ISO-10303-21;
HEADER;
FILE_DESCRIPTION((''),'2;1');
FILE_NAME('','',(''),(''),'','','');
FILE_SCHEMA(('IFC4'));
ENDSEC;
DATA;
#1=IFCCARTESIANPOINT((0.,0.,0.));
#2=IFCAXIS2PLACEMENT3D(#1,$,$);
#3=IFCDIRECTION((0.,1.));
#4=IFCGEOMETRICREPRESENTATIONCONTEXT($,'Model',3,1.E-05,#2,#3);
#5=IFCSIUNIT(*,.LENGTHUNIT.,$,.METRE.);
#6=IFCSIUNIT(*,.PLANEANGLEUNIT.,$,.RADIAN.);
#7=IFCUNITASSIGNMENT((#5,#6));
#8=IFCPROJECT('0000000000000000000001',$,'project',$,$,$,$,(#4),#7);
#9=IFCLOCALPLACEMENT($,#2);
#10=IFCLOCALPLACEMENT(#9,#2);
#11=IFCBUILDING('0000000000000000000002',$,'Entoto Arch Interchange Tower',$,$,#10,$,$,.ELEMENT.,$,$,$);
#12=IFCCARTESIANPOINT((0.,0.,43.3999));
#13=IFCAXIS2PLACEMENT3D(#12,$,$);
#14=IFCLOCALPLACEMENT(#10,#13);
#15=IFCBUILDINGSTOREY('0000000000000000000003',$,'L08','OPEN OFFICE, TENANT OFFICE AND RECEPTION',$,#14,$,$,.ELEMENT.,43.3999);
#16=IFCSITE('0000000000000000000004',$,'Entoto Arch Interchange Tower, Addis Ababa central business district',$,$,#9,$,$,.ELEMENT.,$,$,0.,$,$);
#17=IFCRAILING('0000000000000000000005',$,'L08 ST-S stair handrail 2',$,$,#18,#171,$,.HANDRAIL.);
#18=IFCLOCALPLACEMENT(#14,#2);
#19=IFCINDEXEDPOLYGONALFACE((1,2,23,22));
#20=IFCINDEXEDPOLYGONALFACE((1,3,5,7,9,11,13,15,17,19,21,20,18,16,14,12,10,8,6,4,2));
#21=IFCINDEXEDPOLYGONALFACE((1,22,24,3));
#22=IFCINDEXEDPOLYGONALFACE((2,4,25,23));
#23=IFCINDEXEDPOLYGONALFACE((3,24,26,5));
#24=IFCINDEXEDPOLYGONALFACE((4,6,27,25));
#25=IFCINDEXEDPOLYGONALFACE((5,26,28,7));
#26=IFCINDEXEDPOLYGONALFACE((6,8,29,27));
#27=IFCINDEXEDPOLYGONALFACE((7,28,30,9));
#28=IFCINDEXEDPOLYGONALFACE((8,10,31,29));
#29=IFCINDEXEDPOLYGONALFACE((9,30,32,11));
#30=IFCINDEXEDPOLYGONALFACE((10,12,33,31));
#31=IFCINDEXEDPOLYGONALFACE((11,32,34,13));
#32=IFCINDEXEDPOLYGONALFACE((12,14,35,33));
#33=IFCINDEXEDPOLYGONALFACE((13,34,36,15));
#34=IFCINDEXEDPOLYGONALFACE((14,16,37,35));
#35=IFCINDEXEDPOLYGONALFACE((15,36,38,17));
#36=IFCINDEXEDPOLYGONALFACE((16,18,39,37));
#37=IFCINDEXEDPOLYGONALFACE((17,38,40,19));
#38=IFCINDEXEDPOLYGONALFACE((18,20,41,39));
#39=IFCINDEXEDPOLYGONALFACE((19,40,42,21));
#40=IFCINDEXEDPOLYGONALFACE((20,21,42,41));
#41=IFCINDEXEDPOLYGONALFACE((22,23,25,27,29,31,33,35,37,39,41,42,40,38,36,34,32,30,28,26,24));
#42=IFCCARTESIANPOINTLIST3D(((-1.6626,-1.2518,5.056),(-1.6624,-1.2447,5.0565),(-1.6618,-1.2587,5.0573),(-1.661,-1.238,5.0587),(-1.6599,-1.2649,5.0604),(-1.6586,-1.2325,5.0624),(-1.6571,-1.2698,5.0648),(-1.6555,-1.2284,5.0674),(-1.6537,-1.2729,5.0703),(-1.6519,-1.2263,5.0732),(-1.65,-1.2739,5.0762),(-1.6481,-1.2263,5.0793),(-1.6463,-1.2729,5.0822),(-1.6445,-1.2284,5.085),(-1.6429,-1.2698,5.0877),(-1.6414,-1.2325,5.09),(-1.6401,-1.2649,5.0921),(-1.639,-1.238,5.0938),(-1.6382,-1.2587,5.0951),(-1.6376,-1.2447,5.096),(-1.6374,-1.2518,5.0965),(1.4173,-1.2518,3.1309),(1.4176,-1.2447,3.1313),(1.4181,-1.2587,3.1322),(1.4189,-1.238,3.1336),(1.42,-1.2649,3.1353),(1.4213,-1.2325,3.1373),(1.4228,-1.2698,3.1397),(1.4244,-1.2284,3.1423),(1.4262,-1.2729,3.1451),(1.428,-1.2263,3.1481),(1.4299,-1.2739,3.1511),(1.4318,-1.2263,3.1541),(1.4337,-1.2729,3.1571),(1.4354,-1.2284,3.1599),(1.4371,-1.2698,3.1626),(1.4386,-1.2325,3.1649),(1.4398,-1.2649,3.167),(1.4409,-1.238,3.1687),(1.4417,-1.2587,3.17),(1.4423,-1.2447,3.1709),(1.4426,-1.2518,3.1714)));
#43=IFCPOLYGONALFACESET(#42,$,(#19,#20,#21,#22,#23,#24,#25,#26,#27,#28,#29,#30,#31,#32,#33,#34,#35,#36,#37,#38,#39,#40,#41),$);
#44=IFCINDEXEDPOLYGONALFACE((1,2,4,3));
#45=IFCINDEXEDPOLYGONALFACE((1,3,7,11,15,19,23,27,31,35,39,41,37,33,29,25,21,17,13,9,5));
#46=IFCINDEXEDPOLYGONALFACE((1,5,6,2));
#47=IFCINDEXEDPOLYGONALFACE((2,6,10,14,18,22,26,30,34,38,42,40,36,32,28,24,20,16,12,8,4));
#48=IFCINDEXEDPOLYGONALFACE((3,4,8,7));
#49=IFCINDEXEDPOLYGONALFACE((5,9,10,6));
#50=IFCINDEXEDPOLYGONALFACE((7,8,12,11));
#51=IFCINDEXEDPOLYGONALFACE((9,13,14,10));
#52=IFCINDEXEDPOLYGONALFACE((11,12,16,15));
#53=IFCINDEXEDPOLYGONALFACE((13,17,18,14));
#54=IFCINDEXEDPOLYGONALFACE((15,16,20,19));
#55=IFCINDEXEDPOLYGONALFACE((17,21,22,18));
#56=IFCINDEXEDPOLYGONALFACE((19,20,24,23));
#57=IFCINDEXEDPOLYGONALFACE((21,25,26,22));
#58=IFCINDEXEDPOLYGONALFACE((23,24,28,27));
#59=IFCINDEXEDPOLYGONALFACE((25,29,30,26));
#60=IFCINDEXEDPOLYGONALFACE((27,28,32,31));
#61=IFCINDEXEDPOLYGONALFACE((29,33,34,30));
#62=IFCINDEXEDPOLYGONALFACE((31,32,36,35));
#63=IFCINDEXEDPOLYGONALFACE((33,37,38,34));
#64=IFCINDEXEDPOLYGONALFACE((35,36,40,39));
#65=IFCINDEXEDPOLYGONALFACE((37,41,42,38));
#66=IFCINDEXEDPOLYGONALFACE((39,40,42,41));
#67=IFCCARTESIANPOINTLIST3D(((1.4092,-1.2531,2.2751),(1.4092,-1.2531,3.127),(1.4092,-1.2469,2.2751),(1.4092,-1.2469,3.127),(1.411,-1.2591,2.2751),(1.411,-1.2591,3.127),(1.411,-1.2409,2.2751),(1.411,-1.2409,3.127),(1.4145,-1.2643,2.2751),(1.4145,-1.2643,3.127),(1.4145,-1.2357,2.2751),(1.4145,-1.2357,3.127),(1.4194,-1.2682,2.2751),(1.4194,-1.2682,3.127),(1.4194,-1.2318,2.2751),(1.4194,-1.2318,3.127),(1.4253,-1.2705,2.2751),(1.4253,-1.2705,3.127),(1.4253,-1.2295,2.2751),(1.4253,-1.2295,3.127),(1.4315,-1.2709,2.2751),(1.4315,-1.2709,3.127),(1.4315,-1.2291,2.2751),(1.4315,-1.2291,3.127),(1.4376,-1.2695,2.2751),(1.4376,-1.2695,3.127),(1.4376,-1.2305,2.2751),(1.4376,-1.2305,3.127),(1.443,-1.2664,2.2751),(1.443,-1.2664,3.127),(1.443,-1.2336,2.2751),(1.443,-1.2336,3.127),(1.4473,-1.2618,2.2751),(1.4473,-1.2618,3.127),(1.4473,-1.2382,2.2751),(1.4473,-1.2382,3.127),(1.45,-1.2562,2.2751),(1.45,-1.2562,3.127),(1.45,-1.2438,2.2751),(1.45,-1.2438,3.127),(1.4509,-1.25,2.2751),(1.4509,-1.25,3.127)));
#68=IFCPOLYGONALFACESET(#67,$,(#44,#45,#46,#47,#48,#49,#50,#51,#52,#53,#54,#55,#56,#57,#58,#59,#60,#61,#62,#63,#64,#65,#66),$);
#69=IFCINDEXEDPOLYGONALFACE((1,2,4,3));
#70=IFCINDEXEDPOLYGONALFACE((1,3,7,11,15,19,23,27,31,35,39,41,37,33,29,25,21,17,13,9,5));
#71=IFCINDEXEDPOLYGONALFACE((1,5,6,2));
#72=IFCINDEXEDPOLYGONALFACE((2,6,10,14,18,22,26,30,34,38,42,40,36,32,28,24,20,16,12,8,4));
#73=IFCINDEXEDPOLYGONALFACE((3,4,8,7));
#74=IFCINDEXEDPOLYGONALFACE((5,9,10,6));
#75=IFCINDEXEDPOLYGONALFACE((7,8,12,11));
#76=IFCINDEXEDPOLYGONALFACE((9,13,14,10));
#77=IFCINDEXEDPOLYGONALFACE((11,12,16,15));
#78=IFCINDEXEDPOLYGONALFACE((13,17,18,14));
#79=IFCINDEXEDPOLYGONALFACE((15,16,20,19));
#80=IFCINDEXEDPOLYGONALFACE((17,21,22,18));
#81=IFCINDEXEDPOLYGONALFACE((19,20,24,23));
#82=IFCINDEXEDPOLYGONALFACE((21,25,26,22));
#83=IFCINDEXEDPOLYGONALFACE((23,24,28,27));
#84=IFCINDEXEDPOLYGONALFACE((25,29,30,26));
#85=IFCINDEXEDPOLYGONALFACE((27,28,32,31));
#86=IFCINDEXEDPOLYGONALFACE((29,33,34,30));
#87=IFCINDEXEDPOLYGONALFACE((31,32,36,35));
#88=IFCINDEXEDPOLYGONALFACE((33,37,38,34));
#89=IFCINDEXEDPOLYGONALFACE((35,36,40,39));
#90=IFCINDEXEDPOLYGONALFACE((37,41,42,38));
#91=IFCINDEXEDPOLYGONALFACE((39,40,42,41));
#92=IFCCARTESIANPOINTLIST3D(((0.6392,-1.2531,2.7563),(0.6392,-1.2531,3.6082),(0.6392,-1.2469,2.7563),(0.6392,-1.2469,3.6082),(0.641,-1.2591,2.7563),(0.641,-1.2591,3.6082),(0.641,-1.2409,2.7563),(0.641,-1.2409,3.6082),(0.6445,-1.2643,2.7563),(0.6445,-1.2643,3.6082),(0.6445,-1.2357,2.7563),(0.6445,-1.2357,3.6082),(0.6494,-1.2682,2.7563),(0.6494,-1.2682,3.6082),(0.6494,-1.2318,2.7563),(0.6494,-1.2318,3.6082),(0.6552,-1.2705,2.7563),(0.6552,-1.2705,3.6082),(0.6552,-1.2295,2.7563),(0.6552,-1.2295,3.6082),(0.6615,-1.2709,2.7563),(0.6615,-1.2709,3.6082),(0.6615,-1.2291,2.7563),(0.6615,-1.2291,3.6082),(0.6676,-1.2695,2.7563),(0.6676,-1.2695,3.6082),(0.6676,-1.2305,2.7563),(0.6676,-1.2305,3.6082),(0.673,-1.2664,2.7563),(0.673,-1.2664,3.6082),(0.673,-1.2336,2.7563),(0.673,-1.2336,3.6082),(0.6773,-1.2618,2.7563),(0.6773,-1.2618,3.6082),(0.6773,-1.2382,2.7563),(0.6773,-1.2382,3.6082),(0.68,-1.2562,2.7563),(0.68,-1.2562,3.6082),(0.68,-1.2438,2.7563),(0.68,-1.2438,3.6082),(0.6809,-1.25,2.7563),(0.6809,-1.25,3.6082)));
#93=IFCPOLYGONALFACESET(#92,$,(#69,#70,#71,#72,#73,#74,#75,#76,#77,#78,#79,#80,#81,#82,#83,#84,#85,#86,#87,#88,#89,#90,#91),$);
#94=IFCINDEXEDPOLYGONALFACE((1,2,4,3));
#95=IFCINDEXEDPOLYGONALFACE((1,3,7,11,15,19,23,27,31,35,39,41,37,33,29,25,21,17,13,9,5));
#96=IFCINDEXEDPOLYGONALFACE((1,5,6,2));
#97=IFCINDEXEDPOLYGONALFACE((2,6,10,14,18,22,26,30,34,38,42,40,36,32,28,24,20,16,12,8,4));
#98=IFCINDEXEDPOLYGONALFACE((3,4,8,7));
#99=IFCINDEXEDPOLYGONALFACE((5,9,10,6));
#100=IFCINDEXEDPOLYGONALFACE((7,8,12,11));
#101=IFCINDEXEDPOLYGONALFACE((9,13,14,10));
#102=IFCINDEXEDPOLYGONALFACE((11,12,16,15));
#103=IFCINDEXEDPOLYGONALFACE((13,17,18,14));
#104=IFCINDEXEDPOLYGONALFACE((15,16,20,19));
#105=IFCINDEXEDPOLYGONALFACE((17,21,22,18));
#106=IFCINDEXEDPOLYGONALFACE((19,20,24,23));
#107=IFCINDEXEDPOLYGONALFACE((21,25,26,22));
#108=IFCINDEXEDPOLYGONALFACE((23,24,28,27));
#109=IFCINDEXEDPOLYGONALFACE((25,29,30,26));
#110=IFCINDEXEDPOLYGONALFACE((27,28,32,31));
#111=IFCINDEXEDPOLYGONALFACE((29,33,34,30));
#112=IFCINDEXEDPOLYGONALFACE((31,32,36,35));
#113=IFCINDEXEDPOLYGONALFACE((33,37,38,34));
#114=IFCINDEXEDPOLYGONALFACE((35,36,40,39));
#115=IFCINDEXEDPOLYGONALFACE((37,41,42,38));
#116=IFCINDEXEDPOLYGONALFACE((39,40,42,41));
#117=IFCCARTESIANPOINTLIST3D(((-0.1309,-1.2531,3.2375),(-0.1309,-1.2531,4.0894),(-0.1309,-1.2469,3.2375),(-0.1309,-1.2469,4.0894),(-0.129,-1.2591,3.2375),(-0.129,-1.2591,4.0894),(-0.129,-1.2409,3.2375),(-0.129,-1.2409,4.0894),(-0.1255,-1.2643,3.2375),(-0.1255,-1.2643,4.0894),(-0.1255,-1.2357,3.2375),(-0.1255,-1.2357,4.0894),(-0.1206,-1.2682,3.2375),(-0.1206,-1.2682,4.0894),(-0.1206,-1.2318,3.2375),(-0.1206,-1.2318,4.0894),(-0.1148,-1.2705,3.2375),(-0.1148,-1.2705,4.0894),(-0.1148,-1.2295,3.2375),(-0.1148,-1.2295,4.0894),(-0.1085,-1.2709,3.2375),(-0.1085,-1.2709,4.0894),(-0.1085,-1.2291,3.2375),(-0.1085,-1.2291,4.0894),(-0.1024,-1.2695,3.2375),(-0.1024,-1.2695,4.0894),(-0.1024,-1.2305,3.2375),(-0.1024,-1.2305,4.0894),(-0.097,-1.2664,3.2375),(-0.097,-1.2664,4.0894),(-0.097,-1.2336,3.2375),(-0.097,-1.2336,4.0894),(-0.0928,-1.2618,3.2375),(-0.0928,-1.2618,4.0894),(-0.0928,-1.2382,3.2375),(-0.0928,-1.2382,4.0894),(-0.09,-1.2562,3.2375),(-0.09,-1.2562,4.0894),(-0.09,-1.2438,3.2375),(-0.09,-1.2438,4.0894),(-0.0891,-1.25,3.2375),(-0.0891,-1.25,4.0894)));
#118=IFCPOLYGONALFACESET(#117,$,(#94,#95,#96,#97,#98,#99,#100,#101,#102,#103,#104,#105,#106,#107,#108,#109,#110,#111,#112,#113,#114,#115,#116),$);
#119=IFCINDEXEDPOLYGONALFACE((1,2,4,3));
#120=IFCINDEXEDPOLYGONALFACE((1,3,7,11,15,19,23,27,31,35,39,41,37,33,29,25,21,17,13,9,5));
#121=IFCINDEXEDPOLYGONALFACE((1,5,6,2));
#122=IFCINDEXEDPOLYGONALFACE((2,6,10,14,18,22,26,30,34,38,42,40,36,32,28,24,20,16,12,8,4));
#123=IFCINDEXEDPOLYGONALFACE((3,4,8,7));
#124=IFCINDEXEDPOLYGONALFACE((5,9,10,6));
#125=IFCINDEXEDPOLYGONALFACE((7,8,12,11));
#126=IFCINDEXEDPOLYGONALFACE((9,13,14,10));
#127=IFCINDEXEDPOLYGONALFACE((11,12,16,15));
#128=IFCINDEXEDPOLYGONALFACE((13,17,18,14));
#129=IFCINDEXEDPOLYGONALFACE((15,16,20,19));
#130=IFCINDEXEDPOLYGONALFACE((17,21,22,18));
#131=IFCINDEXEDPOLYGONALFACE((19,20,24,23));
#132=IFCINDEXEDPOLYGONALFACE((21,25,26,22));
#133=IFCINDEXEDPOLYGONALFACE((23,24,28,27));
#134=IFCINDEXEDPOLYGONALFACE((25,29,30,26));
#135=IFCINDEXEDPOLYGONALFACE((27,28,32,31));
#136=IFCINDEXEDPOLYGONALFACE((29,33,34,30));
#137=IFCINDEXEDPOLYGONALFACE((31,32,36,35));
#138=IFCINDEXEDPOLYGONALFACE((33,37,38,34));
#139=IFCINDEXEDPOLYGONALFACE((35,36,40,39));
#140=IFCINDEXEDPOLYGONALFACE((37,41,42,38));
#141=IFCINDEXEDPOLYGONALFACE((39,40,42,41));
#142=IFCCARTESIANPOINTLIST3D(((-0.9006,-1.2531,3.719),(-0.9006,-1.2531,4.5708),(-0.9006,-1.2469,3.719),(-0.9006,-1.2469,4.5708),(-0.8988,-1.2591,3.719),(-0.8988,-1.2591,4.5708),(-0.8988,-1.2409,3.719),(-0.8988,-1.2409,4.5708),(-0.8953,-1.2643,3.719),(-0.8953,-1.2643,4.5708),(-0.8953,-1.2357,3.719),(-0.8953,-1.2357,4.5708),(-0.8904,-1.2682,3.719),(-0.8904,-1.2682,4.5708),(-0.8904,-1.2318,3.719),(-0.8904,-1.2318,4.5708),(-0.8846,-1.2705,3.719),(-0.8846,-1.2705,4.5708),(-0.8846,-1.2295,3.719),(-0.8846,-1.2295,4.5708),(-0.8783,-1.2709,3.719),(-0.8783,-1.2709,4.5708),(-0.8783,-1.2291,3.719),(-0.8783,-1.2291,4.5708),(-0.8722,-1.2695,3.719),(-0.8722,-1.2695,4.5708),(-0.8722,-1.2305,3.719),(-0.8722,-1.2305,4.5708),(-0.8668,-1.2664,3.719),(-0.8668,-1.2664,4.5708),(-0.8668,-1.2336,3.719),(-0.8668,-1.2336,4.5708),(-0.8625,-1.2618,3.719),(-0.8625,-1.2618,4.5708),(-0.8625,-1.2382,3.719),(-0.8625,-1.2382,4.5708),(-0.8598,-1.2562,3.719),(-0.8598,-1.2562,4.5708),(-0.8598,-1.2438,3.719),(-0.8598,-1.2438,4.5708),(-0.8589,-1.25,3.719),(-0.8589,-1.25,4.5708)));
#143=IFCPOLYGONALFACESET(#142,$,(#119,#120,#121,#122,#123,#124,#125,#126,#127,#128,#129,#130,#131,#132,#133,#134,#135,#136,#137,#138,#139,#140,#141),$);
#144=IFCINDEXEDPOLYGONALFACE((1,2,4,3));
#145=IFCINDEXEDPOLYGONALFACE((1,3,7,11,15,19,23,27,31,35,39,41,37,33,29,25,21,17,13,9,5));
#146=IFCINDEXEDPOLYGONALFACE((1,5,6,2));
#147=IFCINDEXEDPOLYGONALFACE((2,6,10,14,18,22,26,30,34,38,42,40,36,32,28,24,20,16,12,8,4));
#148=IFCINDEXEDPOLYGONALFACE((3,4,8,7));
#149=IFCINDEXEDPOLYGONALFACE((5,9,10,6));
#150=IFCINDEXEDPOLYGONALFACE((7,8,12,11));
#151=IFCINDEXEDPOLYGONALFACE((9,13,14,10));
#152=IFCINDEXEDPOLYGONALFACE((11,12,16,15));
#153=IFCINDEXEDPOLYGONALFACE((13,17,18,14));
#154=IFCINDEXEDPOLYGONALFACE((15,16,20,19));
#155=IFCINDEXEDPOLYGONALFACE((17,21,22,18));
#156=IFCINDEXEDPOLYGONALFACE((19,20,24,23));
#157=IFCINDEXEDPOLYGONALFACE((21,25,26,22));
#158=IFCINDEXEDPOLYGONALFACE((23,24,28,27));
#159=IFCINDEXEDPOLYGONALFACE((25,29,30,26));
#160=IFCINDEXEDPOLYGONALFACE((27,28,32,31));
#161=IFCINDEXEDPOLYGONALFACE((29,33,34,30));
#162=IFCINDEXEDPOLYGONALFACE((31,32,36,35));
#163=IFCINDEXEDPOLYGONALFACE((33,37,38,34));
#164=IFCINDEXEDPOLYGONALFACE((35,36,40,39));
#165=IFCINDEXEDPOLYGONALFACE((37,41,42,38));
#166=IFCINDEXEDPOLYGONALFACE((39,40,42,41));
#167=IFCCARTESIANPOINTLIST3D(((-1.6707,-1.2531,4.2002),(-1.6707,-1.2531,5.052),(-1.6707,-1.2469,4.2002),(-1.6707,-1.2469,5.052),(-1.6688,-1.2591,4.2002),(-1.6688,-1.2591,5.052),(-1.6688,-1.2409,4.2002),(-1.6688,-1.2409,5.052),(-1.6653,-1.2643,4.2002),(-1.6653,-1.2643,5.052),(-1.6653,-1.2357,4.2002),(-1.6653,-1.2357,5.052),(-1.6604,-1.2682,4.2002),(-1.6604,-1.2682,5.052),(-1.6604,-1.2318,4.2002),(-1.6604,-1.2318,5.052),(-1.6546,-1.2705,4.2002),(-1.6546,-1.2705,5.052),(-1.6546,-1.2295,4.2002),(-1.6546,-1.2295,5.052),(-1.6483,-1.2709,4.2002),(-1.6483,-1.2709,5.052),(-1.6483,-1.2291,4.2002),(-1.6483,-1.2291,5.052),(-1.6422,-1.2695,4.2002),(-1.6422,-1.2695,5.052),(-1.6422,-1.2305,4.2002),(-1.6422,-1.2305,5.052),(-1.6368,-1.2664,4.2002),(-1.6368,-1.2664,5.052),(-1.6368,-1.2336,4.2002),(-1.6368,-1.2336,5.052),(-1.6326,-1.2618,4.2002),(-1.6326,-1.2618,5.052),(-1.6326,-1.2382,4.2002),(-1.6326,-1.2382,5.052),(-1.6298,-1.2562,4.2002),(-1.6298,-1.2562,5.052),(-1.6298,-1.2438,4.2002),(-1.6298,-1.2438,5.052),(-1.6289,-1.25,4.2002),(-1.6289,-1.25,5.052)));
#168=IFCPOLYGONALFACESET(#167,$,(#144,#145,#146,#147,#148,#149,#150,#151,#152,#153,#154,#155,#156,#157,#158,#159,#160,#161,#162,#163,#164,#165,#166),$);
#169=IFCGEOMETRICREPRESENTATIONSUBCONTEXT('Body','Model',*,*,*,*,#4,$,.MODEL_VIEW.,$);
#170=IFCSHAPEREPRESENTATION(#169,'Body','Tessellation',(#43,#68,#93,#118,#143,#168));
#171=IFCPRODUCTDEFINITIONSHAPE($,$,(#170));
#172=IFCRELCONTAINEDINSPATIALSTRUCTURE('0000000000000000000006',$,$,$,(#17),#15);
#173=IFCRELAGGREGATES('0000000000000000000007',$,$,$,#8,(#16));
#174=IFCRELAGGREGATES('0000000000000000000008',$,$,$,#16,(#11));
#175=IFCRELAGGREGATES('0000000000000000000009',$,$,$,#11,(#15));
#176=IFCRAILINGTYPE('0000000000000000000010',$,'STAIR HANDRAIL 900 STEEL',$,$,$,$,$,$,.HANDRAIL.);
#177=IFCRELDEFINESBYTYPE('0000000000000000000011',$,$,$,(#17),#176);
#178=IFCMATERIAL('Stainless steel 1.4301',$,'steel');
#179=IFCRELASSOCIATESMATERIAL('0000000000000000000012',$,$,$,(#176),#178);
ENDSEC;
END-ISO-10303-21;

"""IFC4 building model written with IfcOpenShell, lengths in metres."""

from ifc_helpers import new_model, si_unit, direction, frame, origin, origin_2d, place, context, subcontext, project, spatial, circle, extrude, material, type_object, element, save


model = new_model("IFC4")

# Units and contexts
model_context = context("Model", 3, precision=1e-05, world=origin(), true_north=direction((0.0, 1.0)))
body_context = subcontext(model_context, "Body", "Model", "MODEL_VIEW")
ifc_project = project(units=[si_unit("LENGTHUNIT", "METRE"), si_unit("PLANEANGLEUNIT", "RADIAN")], contexts=[model_context])

# Site, building, storey
site_placement = place(None, origin())
site = spatial("IfcSite", under=ifc_project, at=site_placement, Name="Entoto Arch Interchange Tower, Addis Ababa central business district", CompositionType="ELEMENT", RefElevation=0.0)
building_placement = place(site_placement, origin())
building = spatial("IfcBuilding", under=site, at=building_placement, Name="Entoto Arch Interchange Tower", CompositionType="ELEMENT")
storey_placement = place(building_placement, frame((0.0, 0.0, 43.3999)))
storey = spatial("IfcBuildingStorey", under=building, at=storey_placement, Name="L08", Description="OPEN OFFICE, TENANT OFFICE AND RECEPTION", CompositionType="ELEMENT", Elevation=43.3999)

# Railing
ifc_material_1 = material(Name="Stainless steel 1.4301", Category="steel")
railing_type_1 = type_object("IfcRailingType", Name="STAIR HANDRAIL 900 STEEL", PredefinedType="HANDRAIL", material=ifc_material_1)
railing_1_placement = place(storey_placement, frame((1.4299, -1.25, 2.2751)))
element("IfcRailing", 1, at=railing_1_placement, inside=storey, type_object=railing_type_1, Name="L08 ST-S stair handrail 2", PredefinedType="HANDRAIL", context=body_context, shape_type="SweptSolid", body=[
    extrude(circle(Radius=0.0239, at=origin_2d()), frame((0.0, 0.0, 0.876), z_axis=(-0.847979, 0.0, 0.530029), x_axis=(0.0, -1.0, 0.0)), (0.0, 0.0, 1.0), 3.6321),
    extrude(circle(Radius=0.021, at=origin_2d()), origin(), (0.0, 0.0, 1.0), 0.8518),
    extrude(circle(Radius=0.021, at=origin_2d()), frame((-0.77, 0.0, 0.4812)), (0.0, 0.0, 1.0), 0.8518),
    extrude(circle(Radius=0.021, at=origin_2d()), frame((-1.54, 0.0, 0.9624)), (0.0, 0.0, 1.0), 0.8518),
    extrude(circle(Radius=0.021, at=origin_2d()), frame((-2.3098, 0.0, 1.4438)), (0.0, 0.0, 1.0), 0.8518),
    extrude(circle(Radius=0.021, at=origin_2d()), frame((-3.0798, 0.0, 1.925)), (0.0, 0.0, 1.0), 0.8518),
])

save(model, "model.ifc")
